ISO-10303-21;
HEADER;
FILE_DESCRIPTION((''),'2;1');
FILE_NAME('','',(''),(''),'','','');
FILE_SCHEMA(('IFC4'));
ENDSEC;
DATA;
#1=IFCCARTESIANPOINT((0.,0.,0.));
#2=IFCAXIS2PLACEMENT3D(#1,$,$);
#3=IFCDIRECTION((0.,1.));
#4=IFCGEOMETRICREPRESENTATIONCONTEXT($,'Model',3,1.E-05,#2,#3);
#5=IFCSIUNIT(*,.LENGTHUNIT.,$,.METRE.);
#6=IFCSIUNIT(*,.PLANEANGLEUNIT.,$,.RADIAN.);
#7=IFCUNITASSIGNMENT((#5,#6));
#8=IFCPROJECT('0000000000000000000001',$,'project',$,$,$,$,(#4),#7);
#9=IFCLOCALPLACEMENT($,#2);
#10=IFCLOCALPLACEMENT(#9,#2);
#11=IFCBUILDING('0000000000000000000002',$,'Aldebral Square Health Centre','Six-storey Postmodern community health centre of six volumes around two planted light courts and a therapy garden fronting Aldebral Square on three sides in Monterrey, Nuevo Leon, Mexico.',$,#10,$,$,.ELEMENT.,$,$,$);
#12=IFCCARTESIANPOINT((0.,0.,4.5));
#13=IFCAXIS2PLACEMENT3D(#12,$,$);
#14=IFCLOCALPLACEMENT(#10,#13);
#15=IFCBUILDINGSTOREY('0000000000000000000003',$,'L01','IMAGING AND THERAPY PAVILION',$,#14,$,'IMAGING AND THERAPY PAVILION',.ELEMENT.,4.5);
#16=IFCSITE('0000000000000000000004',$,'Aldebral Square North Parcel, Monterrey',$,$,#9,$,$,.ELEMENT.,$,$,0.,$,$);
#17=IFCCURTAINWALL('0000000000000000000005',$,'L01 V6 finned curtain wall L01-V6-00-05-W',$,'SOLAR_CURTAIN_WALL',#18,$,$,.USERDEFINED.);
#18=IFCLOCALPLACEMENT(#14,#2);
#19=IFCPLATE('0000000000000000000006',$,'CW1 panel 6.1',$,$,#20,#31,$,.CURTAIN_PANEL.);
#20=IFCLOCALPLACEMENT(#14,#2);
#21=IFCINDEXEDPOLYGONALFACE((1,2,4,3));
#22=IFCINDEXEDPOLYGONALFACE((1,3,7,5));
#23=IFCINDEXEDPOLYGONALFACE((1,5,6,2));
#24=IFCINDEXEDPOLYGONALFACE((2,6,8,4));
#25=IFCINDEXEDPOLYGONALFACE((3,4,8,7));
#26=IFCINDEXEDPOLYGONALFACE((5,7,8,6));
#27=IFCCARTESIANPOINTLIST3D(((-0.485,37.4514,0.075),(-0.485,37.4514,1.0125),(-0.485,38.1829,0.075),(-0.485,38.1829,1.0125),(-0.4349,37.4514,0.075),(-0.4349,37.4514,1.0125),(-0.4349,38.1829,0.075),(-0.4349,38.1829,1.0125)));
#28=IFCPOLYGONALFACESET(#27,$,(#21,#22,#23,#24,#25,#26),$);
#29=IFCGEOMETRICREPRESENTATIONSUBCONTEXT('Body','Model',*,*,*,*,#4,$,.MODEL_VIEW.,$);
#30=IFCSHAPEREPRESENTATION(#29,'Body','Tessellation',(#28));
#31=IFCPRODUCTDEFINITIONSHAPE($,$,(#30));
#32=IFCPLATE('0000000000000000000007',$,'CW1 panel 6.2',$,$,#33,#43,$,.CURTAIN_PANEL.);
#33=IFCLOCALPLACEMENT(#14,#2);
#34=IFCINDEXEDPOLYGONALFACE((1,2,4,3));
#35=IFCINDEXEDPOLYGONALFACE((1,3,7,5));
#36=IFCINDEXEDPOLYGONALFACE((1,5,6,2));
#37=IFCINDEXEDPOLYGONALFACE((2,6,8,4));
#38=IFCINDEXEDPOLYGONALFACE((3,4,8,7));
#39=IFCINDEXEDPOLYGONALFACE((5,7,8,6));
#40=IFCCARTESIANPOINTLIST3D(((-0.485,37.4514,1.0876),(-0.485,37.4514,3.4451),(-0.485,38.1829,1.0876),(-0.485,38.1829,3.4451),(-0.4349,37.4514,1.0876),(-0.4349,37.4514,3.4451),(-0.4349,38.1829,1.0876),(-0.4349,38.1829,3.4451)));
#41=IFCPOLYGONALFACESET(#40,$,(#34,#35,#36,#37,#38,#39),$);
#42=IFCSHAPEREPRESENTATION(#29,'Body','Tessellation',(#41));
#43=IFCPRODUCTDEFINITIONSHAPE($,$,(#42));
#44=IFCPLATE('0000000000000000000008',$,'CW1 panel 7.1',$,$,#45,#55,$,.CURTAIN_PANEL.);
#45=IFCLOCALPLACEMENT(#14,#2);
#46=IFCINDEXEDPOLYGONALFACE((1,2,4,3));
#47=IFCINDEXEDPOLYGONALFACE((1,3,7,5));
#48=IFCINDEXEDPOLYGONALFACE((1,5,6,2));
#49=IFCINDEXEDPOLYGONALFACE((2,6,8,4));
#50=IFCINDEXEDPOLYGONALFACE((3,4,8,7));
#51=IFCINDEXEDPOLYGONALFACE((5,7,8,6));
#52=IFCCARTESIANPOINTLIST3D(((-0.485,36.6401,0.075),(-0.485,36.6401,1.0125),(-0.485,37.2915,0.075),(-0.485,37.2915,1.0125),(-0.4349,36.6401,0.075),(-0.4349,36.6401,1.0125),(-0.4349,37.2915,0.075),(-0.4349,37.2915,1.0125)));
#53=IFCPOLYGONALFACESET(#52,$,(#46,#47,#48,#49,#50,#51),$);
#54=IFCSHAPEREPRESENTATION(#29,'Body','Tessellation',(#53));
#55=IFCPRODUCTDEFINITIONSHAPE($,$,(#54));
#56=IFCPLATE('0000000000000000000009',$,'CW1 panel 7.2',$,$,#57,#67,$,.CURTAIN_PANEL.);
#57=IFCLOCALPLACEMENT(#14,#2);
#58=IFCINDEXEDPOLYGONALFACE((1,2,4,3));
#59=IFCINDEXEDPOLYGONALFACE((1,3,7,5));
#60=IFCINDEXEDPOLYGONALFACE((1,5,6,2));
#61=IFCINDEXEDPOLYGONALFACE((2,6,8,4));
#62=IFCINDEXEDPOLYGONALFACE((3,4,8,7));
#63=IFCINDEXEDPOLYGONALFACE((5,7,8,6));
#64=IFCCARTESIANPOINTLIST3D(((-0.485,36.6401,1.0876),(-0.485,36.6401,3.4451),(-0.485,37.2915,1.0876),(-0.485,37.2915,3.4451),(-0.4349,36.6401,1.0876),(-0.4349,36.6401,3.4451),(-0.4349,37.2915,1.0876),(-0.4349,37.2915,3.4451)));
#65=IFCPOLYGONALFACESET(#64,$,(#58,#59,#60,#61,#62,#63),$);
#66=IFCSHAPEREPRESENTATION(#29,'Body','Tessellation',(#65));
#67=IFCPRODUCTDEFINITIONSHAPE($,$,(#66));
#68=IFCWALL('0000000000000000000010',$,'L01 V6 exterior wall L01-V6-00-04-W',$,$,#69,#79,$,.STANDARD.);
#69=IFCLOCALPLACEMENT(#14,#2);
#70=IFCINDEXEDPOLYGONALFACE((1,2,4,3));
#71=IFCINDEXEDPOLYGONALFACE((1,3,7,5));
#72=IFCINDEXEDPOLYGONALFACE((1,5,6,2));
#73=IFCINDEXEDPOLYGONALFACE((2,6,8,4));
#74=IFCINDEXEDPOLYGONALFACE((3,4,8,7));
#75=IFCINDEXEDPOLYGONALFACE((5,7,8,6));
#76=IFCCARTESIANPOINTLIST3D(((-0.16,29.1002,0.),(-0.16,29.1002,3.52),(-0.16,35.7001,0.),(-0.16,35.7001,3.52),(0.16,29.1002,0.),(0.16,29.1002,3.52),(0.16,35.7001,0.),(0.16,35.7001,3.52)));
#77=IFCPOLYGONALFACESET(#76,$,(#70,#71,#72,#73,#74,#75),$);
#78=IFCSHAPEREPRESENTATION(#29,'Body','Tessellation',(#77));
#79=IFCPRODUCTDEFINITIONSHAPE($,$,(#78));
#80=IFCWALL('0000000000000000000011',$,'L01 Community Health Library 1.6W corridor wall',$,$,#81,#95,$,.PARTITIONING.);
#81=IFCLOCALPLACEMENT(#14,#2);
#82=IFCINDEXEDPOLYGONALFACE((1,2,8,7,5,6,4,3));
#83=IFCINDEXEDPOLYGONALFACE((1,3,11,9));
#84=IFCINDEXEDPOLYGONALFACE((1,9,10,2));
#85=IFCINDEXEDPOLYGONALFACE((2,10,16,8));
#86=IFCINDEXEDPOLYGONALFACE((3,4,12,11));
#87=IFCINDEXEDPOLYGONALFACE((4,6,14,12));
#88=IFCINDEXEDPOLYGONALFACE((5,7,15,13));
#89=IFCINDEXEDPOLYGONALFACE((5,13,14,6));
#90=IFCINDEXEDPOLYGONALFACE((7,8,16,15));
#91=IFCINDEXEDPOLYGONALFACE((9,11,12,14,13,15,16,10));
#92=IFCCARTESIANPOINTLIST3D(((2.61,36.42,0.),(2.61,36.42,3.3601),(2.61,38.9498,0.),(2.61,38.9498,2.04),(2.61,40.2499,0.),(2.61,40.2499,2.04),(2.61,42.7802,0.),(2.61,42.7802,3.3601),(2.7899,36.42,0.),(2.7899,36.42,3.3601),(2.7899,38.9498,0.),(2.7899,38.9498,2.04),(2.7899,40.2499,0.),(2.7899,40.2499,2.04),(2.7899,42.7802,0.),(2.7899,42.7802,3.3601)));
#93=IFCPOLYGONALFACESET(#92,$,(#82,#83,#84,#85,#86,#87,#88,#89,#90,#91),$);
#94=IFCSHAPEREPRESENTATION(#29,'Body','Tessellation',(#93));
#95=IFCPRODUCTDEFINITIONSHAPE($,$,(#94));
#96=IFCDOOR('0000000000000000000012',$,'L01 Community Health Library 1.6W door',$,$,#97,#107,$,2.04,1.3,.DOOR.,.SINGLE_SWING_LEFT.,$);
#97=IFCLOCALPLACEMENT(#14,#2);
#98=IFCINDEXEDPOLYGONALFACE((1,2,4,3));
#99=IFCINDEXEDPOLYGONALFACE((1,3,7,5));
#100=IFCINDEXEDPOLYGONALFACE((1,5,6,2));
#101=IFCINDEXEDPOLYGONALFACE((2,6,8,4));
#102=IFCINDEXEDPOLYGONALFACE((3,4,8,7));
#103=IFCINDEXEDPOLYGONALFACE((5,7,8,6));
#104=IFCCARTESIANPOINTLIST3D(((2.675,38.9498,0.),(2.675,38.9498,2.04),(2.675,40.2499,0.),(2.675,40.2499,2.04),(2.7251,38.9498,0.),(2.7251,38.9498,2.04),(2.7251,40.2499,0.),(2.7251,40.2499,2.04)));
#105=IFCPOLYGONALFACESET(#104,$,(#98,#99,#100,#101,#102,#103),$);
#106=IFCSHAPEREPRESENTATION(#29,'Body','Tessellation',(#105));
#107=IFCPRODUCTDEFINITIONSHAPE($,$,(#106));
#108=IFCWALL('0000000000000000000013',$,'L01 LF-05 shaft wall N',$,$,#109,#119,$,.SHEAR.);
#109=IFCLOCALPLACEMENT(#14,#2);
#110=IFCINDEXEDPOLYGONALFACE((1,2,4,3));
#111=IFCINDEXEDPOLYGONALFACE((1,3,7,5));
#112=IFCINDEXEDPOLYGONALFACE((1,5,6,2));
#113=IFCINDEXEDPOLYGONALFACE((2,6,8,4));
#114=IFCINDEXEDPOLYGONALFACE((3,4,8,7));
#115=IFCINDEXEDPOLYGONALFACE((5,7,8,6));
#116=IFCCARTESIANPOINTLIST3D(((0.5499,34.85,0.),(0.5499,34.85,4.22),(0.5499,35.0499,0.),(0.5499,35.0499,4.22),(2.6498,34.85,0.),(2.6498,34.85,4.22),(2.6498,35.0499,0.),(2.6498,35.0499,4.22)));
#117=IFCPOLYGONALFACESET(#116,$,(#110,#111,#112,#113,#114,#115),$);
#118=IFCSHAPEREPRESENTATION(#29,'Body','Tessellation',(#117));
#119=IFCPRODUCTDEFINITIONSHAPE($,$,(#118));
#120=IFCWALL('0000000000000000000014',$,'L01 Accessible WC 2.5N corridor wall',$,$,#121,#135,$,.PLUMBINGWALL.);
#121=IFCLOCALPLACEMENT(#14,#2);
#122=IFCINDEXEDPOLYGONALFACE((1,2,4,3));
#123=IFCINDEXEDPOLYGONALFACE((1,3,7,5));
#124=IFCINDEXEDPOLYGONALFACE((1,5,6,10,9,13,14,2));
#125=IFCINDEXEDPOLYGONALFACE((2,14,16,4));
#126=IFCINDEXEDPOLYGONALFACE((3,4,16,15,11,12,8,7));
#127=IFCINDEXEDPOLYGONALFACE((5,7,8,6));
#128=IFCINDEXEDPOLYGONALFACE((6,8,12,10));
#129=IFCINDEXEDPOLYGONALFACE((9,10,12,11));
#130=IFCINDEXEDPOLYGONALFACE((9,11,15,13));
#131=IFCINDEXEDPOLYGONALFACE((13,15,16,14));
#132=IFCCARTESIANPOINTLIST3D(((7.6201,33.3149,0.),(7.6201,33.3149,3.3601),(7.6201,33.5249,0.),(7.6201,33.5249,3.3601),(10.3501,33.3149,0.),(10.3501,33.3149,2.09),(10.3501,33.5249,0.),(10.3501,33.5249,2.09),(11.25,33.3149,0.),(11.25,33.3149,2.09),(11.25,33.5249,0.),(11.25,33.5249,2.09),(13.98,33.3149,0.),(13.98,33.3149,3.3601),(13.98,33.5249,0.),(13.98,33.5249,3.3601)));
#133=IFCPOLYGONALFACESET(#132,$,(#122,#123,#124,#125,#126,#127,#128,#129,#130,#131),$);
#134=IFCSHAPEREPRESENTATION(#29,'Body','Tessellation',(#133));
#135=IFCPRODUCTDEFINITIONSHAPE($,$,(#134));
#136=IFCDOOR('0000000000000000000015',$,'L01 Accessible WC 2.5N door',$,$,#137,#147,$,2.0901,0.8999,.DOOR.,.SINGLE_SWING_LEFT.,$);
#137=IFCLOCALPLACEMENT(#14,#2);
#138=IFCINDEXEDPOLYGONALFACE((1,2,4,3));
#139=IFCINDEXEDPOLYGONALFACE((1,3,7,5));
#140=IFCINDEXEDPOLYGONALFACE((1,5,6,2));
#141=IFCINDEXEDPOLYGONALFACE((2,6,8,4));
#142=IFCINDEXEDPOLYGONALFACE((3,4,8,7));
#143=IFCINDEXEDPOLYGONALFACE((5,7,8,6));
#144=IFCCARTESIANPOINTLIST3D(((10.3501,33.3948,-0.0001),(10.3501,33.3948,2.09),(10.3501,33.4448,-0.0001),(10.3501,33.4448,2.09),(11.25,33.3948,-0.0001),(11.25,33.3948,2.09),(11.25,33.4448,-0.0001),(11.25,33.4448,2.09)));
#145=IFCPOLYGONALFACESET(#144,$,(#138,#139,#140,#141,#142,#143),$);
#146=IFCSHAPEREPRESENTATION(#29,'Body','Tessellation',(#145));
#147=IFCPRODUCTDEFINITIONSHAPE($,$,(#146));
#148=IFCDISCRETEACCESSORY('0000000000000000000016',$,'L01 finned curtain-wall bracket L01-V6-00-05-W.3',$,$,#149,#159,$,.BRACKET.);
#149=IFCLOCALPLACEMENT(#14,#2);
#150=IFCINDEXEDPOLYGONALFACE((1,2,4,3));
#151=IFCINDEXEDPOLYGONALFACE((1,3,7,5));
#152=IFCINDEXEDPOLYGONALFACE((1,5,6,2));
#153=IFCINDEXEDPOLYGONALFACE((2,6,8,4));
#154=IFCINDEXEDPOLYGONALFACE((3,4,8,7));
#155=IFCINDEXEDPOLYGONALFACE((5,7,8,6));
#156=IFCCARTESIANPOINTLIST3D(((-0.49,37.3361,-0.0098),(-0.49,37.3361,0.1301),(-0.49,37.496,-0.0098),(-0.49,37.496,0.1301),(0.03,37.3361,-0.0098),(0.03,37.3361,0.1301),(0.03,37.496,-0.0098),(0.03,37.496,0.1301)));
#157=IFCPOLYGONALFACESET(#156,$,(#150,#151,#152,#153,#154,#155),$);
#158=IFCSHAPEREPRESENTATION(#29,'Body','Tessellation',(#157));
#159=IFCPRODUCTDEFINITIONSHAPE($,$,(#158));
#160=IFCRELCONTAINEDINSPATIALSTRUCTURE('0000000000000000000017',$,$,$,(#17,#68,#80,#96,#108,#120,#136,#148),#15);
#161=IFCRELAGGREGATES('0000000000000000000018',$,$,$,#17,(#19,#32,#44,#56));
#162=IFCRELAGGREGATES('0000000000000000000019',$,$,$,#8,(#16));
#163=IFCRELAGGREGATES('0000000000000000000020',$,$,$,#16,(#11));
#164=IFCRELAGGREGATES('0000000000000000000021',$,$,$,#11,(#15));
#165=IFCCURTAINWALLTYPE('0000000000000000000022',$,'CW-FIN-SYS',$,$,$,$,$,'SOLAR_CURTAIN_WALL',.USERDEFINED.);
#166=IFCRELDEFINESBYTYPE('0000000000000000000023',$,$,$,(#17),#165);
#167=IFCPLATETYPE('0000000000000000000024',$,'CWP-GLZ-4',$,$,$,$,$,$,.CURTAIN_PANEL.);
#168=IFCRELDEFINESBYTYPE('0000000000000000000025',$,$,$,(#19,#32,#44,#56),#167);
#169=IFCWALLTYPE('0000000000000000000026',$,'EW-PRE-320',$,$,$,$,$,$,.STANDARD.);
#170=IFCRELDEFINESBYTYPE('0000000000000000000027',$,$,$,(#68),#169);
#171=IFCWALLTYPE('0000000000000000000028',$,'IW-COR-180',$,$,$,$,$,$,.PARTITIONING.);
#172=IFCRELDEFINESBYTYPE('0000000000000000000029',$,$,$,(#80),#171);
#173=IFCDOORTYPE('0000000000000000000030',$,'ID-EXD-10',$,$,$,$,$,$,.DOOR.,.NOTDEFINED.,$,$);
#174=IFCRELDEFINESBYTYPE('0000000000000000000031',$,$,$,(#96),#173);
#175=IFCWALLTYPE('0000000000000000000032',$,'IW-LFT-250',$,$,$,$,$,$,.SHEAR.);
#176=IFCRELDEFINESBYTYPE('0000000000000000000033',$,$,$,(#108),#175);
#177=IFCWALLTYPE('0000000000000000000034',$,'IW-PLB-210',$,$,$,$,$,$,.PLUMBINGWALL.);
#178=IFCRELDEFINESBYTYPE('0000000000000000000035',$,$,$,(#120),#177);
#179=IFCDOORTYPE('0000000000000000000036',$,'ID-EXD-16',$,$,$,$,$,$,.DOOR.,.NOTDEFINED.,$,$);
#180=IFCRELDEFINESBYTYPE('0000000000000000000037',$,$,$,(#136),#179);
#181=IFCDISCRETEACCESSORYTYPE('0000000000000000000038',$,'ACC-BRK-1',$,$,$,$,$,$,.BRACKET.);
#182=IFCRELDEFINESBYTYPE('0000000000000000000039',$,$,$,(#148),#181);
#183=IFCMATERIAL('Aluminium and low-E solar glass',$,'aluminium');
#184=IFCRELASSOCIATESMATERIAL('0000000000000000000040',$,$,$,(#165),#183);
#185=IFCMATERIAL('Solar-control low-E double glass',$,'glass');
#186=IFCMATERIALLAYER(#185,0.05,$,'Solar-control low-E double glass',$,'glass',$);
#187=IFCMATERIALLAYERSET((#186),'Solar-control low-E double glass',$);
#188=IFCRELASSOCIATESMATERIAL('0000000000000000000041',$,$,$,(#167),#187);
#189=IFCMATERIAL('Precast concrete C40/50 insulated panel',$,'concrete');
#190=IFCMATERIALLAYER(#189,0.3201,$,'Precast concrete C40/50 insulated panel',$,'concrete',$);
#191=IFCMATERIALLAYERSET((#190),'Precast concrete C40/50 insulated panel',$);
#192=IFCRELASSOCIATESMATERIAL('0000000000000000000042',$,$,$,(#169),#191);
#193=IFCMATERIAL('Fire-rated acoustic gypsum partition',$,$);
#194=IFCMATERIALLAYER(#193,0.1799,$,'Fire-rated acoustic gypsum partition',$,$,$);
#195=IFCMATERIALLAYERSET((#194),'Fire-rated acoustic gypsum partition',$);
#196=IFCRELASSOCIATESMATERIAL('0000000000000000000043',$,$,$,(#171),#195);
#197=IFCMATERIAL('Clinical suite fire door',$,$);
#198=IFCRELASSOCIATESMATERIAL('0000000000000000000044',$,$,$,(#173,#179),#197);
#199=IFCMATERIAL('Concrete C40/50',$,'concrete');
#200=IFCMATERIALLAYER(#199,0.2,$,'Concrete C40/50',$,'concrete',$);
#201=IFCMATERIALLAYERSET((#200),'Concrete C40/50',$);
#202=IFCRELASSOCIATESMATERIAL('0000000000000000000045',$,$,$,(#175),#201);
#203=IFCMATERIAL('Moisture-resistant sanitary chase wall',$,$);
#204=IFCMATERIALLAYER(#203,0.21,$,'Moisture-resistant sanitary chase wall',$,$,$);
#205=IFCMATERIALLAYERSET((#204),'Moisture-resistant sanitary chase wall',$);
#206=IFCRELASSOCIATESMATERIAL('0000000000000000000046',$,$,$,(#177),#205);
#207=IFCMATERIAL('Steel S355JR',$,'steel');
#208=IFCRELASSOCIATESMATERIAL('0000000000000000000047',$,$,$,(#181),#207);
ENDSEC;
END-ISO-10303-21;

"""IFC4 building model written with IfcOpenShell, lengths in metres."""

from ifc_helpers import new_model, si_unit, direction, frame, frame_2d, origin, origin_2d, place, context, subcontext, project, spatial, rectangle, extrude, material, layer, layer_set, type_object, element, fill, aggregate, save


model = new_model("IFC4")

# Units and contexts
model_context = context("Model", 3, precision=1e-05, world=origin(), true_north=direction((0.0, 1.0)))
body_context = subcontext(model_context, "Body", "Model", "MODEL_VIEW")
ifc_project = project(units=[si_unit("LENGTHUNIT", "METRE"), si_unit("PLANEANGLEUNIT", "RADIAN")], contexts=[model_context])

# Site, building, storey
site_placement = place(None, origin())
site = spatial("IfcSite", under=ifc_project, at=site_placement, Name="Aldebral Square North Parcel, Monterrey", CompositionType="ELEMENT", RefElevation=0.0)
building_placement = place(site_placement, origin())
building = spatial("IfcBuilding", under=site, at=building_placement, Name="Aldebral Square Health Centre", Description="Six-storey Postmodern community health centre of six volumes around two planted light courts and a therapy garden fronting Aldebral Square on three sides in Monterrey, Nuevo Leon, Mexico.", CompositionType="ELEMENT")
storey_placement = place(building_placement, frame((0.0, 0.0, 4.5)))
storey = spatial("IfcBuildingStorey", under=building, at=storey_placement, Name="L01", Description="IMAGING AND THERAPY PAVILION", LongName="IMAGING AND THERAPY PAVILION", CompositionType="ELEMENT", Elevation=4.5)

# Shared definitions
ifc_material_1 = material(Name="Concrete C40/50", Category="concrete")

# Curtain wall, plates
ifc_material_2 = material(Name="Aluminium and low-E solar glass", Category="aluminium")
curtain_wall_type = type_object("IfcCurtainWallType", Name="CW-FIN-SYS", ElementType="SOLAR_CURTAIN_WALL", PredefinedType="USERDEFINED", material=ifc_material_2)
curtain_wall_placement = place(storey_placement, origin())
curtain_wall = element("IfcCurtainWall", 1, at=curtain_wall_placement, inside=storey, type_object=curtain_wall_type, Name="L01 V6 finned curtain wall L01-V6-00-05-W", ObjectType="SOLAR_CURTAIN_WALL", PredefinedType="USERDEFINED")
ifc_material_3 = material(Name="Solar-control low-E double glass", Category="glass")
ifc_layer_1 = layer(ifc_material_3, 0.05, Name="Solar-control low-E double glass", Category="glass")
ifc_layer_set_1 = layer_set([ifc_layer_1], Name="Solar-control low-E double glass")
plate_type = type_object("IfcPlateType", Name="CWP-GLZ-4", PredefinedType="CURTAIN_PANEL", material=ifc_layer_set_1)
plate_1_placement = place(storey_placement, frame((-0.46, 37.8171, 0.075), z_axis=(0.0, 0.0, 1.0), x_axis=(0.0, -1.0, 0.0)))
plate_1 = element("IfcPlate", 2, at=plate_1_placement, type_object=plate_type, Name="CW1 panel 6.1", PredefinedType="CURTAIN_PANEL", context=body_context, shape_type="SweptSolid", body=[
    extrude(rectangle(XDim=0.7314, YDim=0.05, at=origin_2d()), origin(), (0.0, 0.0, 1.0), 0.9375),
])
plate_2_placement = place(storey_placement, frame((-0.46, 37.8171, 1.0876), z_axis=(0.0, 0.0, 1.0), x_axis=(0.0, -1.0, 0.0)))
plate_2 = element("IfcPlate", 3, at=plate_2_placement, type_object=plate_type, Name="CW1 panel 6.2", PredefinedType="CURTAIN_PANEL", context=body_context, shape_type="SweptSolid", body=[
    extrude(rectangle(XDim=0.7314, YDim=0.05, at=origin_2d()), origin(), (0.0, 0.0, 1.0), 2.3574),
])
plate_3_placement = place(storey_placement, frame((-0.46, 36.9658, 0.075), z_axis=(0.0, 0.0, 1.0), x_axis=(0.0, -1.0, 0.0)))
plate_3 = element("IfcPlate", 4, at=plate_3_placement, type_object=plate_type, Name="CW1 panel 7.1", PredefinedType="CURTAIN_PANEL", context=body_context, shape_type="SweptSolid", body=[
    extrude(rectangle(XDim=0.6514, YDim=0.05, at=origin_2d()), origin(), (0.0, 0.0, 1.0), 0.9375),
])
plate_4_placement = place(storey_placement, frame((-0.46, 36.9658, 1.0876), z_axis=(0.0, 0.0, 1.0), x_axis=(0.0, -1.0, 0.0)))
plate_4 = element("IfcPlate", 5, at=plate_4_placement, type_object=plate_type, Name="CW1 panel 7.2", PredefinedType="CURTAIN_PANEL", context=body_context, shape_type="SweptSolid", body=[
    extrude(rectangle(XDim=0.6514, YDim=0.05, at=origin_2d()), origin(), (0.0, 0.0, 1.0), 2.3574),
])
aggregate(curtain_wall, [plate_1, plate_2, plate_3, plate_4])

# Wall
ifc_material_4 = material(Name="Precast concrete C40/50 insulated panel", Category="concrete")
ifc_layer_2 = layer(ifc_material_4, 0.3201, Name="Precast concrete C40/50 insulated panel", Category="concrete")
ifc_layer_set_2 = layer_set([ifc_layer_2], Name="Precast concrete C40/50 insulated panel")
wall_type_1 = type_object("IfcWallType", Name="EW-PRE-320", PredefinedType="STANDARD", material=ifc_layer_set_2)
wall_1_placement = place(storey_placement, frame((0.0, 35.7, 0.0), z_axis=(0.0, 0.0, 1.0), x_axis=(0.0, -1.0, 0.0)))
element("IfcWall", 6, at=wall_1_placement, inside=storey, type_object=wall_type_1, Name="L01 V6 exterior wall L01-V6-00-04-W", PredefinedType="STANDARD", context=body_context, shape_type="SweptSolid", body=[
    extrude(rectangle(XDim=6.5999, YDim=0.3201, at=frame_2d((3.2998, 0.0))), origin(), (0.0, 0.0, 1.0), 3.52),
])

# Wall, opening, door
ifc_material_5 = material(Name="Fire-rated acoustic gypsum partition")
ifc_layer_3 = layer(ifc_material_5, 0.1799, Name="Fire-rated acoustic gypsum partition")
ifc_layer_set_3 = layer_set([ifc_layer_3], Name="Fire-rated acoustic gypsum partition")
wall_type_2 = type_object("IfcWallType", Name="IW-COR-180", PredefinedType="PARTITIONING", material=ifc_layer_set_3)
wall_2_placement = place(storey_placement, frame((2.7, 36.4199, 0.0), z_axis=(0.0, 0.0, 1.0), x_axis=(0.0, 1.0, 0.0)))
wall_2 = element("IfcWall", 7, at=wall_2_placement, inside=storey, type_object=wall_type_2, Name="L01 Community Health Library 1.6W corridor wall", PredefinedType="PARTITIONING", context=body_context, shape_type="SweptSolid", body=[
    extrude(rectangle(XDim=6.3601, YDim=0.1799, at=frame_2d((3.1802, 0.0))), origin(), (0.0, 0.0, 1.0), 3.3601),
])
opening_1_placement = place(wall_2_placement, frame((2.53, 0.0, 0.0)))
opening_1 = element("IfcOpeningElement", 8, at=opening_1_placement, cuts=wall_2, PredefinedType="OPENING", context=body_context, shape_type="SweptSolid", body=[
    extrude(rectangle(XDim=1.3, YDim=2.04, at=frame_2d((0.6499, 1.02))), frame((0.0, 0.1001, 0.0), z_axis=(0.0, -1.0, 0.0), x_axis=(1.0, 0.0, 0.0)), (0.0, 0.0, 1.0), 0.2),
])
ifc_material_6 = material(Name="Clinical suite fire door")
door_type_1 = type_object("IfcDoorType", Name="ID-EXD-10", OperationType="NOTDEFINED", PredefinedType="DOOR", material=ifc_material_6)
door_1_placement = place(opening_1_placement, origin())
door_1 = element("IfcDoor", 9, at=door_1_placement, inside=storey, type_object=door_type_1, Name="L01 Community Health Library 1.6W door", OperationType="SINGLE_SWING_LEFT", OverallHeight=2.04, OverallWidth=1.3, PredefinedType="DOOR", context=body_context, shape_type="SweptSolid", body=[
    extrude(rectangle(XDim=1.3, YDim=2.04, at=frame_2d((0.6499, 1.02))), frame((0.0, 0.0249, 0.0), z_axis=(0.0, -1.0, 0.0), x_axis=(1.0, 0.0, 0.0)), (0.0, 0.0, 1.0), 0.05),
])
fill(opening_1, door_1)

# Wall
ifc_layer_4 = layer(ifc_material_1, 0.2, Name="Concrete C40/50", Category="concrete")
ifc_layer_set_4 = layer_set([ifc_layer_4], Name="Concrete C40/50")
wall_type_3 = type_object("IfcWallType", Name="IW-LFT-250", PredefinedType="SHEAR", material=ifc_layer_set_4)
wall_3_placement = place(storey_placement, frame((0.55, 34.95, 0.0), z_axis=(0.0, 0.0, 1.0), x_axis=(1.0, 0.0, 0.0)))
element("IfcWall", 10, at=wall_3_placement, inside=storey, type_object=wall_type_3, Name="L01 LF-05 shaft wall N", PredefinedType="SHEAR", context=body_context, shape_type="SweptSolid", body=[
    extrude(rectangle(XDim=2.0999, YDim=0.2, at=frame_2d((1.0498, 0.0))), origin(), (0.0, 0.0, 1.0), 4.22),
])

# Wall, opening, door
ifc_material_7 = material(Name="Moisture-resistant sanitary chase wall")
ifc_layer_5 = layer(ifc_material_7, 0.21, Name="Moisture-resistant sanitary chase wall")
ifc_layer_set_5 = layer_set([ifc_layer_5], Name="Moisture-resistant sanitary chase wall")
wall_type_4 = type_object("IfcWallType", Name="IW-PLB-210", PredefinedType="PLUMBINGWALL", material=ifc_layer_set_5)
wall_4_placement = place(storey_placement, frame((7.6201, 33.4199, 0.0), z_axis=(0.0, 0.0, 1.0), x_axis=(1.0, 0.0, 0.0)))
wall_4 = element("IfcWall", 11, at=wall_4_placement, inside=storey, type_object=wall_type_4, Name="L01 Accessible WC 2.5N corridor wall", PredefinedType="PLUMBINGWALL", context=body_context, shape_type="SweptSolid", body=[
    extrude(rectangle(XDim=6.3599, YDim=0.21, at=frame_2d((3.1799, 0.0))), origin(), (0.0, 0.0, 1.0), 3.3601),
])
opening_2_placement = place(wall_4_placement, frame((2.73, 0.0, 0.0)))
opening_2 = element("IfcOpeningElement", 12, at=opening_2_placement, cuts=wall_4, PredefinedType="OPENING", context=body_context, shape_type="SweptSolid", body=[
    extrude(rectangle(XDim=0.8999, YDim=2.0901, at=frame_2d((0.45, 1.0449))), frame((0.0, 0.115, 0.0), z_axis=(0.0, -1.0, 0.0), x_axis=(1.0, 0.0, 0.0)), (0.0, 0.0, 1.0), 0.23),
])
door_type_2 = type_object("IfcDoorType", Name="ID-EXD-16", OperationType="NOTDEFINED", PredefinedType="DOOR", material=ifc_material_6)
door_2_placement = place(opening_2_placement, origin())
door_2 = element("IfcDoor", 13, at=door_2_placement, inside=storey, type_object=door_type_2, Name="L01 Accessible WC 2.5N door", OperationType="SINGLE_SWING_LEFT", OverallHeight=2.0901, OverallWidth=0.8999, PredefinedType="DOOR", context=body_context, shape_type="SweptSolid", body=[
    extrude(rectangle(XDim=0.8999, YDim=2.0901, at=frame_2d((0.45, 1.0449))), frame((0.0, 0.0249, 0.0), z_axis=(0.0, -1.0, 0.0), x_axis=(1.0, 0.0, 0.0)), (0.0, 0.0, 1.0), 0.05),
])
fill(opening_2, door_2)

# Discrete accessory
ifc_material_8 = material(Name="Steel S355JR", Category="steel")
discrete_accessory_type = type_object("IfcDiscreteAccessoryType", Name="ACC-BRK-1", PredefinedType="BRACKET", material=ifc_material_8)
discrete_accessory_placement = place(storey_placement, frame((-0.23, 37.416, -0.0098), z_axis=(0.0, 0.0, 1.0), x_axis=(0.0, 1.0, 0.0)))
element("IfcDiscreteAccessory", 14, at=discrete_accessory_placement, inside=storey, type_object=discrete_accessory_type, Name="L01 finned curtain-wall bracket L01-V6-00-05-W.3", PredefinedType="BRACKET", context=body_context, shape_type="SweptSolid", body=[
    extrude(rectangle(XDim=0.1599, YDim=0.52, at=origin_2d()), origin(), (0.0, 0.0, 1.0), 0.1399),
])

save(model, "model.ifc")
